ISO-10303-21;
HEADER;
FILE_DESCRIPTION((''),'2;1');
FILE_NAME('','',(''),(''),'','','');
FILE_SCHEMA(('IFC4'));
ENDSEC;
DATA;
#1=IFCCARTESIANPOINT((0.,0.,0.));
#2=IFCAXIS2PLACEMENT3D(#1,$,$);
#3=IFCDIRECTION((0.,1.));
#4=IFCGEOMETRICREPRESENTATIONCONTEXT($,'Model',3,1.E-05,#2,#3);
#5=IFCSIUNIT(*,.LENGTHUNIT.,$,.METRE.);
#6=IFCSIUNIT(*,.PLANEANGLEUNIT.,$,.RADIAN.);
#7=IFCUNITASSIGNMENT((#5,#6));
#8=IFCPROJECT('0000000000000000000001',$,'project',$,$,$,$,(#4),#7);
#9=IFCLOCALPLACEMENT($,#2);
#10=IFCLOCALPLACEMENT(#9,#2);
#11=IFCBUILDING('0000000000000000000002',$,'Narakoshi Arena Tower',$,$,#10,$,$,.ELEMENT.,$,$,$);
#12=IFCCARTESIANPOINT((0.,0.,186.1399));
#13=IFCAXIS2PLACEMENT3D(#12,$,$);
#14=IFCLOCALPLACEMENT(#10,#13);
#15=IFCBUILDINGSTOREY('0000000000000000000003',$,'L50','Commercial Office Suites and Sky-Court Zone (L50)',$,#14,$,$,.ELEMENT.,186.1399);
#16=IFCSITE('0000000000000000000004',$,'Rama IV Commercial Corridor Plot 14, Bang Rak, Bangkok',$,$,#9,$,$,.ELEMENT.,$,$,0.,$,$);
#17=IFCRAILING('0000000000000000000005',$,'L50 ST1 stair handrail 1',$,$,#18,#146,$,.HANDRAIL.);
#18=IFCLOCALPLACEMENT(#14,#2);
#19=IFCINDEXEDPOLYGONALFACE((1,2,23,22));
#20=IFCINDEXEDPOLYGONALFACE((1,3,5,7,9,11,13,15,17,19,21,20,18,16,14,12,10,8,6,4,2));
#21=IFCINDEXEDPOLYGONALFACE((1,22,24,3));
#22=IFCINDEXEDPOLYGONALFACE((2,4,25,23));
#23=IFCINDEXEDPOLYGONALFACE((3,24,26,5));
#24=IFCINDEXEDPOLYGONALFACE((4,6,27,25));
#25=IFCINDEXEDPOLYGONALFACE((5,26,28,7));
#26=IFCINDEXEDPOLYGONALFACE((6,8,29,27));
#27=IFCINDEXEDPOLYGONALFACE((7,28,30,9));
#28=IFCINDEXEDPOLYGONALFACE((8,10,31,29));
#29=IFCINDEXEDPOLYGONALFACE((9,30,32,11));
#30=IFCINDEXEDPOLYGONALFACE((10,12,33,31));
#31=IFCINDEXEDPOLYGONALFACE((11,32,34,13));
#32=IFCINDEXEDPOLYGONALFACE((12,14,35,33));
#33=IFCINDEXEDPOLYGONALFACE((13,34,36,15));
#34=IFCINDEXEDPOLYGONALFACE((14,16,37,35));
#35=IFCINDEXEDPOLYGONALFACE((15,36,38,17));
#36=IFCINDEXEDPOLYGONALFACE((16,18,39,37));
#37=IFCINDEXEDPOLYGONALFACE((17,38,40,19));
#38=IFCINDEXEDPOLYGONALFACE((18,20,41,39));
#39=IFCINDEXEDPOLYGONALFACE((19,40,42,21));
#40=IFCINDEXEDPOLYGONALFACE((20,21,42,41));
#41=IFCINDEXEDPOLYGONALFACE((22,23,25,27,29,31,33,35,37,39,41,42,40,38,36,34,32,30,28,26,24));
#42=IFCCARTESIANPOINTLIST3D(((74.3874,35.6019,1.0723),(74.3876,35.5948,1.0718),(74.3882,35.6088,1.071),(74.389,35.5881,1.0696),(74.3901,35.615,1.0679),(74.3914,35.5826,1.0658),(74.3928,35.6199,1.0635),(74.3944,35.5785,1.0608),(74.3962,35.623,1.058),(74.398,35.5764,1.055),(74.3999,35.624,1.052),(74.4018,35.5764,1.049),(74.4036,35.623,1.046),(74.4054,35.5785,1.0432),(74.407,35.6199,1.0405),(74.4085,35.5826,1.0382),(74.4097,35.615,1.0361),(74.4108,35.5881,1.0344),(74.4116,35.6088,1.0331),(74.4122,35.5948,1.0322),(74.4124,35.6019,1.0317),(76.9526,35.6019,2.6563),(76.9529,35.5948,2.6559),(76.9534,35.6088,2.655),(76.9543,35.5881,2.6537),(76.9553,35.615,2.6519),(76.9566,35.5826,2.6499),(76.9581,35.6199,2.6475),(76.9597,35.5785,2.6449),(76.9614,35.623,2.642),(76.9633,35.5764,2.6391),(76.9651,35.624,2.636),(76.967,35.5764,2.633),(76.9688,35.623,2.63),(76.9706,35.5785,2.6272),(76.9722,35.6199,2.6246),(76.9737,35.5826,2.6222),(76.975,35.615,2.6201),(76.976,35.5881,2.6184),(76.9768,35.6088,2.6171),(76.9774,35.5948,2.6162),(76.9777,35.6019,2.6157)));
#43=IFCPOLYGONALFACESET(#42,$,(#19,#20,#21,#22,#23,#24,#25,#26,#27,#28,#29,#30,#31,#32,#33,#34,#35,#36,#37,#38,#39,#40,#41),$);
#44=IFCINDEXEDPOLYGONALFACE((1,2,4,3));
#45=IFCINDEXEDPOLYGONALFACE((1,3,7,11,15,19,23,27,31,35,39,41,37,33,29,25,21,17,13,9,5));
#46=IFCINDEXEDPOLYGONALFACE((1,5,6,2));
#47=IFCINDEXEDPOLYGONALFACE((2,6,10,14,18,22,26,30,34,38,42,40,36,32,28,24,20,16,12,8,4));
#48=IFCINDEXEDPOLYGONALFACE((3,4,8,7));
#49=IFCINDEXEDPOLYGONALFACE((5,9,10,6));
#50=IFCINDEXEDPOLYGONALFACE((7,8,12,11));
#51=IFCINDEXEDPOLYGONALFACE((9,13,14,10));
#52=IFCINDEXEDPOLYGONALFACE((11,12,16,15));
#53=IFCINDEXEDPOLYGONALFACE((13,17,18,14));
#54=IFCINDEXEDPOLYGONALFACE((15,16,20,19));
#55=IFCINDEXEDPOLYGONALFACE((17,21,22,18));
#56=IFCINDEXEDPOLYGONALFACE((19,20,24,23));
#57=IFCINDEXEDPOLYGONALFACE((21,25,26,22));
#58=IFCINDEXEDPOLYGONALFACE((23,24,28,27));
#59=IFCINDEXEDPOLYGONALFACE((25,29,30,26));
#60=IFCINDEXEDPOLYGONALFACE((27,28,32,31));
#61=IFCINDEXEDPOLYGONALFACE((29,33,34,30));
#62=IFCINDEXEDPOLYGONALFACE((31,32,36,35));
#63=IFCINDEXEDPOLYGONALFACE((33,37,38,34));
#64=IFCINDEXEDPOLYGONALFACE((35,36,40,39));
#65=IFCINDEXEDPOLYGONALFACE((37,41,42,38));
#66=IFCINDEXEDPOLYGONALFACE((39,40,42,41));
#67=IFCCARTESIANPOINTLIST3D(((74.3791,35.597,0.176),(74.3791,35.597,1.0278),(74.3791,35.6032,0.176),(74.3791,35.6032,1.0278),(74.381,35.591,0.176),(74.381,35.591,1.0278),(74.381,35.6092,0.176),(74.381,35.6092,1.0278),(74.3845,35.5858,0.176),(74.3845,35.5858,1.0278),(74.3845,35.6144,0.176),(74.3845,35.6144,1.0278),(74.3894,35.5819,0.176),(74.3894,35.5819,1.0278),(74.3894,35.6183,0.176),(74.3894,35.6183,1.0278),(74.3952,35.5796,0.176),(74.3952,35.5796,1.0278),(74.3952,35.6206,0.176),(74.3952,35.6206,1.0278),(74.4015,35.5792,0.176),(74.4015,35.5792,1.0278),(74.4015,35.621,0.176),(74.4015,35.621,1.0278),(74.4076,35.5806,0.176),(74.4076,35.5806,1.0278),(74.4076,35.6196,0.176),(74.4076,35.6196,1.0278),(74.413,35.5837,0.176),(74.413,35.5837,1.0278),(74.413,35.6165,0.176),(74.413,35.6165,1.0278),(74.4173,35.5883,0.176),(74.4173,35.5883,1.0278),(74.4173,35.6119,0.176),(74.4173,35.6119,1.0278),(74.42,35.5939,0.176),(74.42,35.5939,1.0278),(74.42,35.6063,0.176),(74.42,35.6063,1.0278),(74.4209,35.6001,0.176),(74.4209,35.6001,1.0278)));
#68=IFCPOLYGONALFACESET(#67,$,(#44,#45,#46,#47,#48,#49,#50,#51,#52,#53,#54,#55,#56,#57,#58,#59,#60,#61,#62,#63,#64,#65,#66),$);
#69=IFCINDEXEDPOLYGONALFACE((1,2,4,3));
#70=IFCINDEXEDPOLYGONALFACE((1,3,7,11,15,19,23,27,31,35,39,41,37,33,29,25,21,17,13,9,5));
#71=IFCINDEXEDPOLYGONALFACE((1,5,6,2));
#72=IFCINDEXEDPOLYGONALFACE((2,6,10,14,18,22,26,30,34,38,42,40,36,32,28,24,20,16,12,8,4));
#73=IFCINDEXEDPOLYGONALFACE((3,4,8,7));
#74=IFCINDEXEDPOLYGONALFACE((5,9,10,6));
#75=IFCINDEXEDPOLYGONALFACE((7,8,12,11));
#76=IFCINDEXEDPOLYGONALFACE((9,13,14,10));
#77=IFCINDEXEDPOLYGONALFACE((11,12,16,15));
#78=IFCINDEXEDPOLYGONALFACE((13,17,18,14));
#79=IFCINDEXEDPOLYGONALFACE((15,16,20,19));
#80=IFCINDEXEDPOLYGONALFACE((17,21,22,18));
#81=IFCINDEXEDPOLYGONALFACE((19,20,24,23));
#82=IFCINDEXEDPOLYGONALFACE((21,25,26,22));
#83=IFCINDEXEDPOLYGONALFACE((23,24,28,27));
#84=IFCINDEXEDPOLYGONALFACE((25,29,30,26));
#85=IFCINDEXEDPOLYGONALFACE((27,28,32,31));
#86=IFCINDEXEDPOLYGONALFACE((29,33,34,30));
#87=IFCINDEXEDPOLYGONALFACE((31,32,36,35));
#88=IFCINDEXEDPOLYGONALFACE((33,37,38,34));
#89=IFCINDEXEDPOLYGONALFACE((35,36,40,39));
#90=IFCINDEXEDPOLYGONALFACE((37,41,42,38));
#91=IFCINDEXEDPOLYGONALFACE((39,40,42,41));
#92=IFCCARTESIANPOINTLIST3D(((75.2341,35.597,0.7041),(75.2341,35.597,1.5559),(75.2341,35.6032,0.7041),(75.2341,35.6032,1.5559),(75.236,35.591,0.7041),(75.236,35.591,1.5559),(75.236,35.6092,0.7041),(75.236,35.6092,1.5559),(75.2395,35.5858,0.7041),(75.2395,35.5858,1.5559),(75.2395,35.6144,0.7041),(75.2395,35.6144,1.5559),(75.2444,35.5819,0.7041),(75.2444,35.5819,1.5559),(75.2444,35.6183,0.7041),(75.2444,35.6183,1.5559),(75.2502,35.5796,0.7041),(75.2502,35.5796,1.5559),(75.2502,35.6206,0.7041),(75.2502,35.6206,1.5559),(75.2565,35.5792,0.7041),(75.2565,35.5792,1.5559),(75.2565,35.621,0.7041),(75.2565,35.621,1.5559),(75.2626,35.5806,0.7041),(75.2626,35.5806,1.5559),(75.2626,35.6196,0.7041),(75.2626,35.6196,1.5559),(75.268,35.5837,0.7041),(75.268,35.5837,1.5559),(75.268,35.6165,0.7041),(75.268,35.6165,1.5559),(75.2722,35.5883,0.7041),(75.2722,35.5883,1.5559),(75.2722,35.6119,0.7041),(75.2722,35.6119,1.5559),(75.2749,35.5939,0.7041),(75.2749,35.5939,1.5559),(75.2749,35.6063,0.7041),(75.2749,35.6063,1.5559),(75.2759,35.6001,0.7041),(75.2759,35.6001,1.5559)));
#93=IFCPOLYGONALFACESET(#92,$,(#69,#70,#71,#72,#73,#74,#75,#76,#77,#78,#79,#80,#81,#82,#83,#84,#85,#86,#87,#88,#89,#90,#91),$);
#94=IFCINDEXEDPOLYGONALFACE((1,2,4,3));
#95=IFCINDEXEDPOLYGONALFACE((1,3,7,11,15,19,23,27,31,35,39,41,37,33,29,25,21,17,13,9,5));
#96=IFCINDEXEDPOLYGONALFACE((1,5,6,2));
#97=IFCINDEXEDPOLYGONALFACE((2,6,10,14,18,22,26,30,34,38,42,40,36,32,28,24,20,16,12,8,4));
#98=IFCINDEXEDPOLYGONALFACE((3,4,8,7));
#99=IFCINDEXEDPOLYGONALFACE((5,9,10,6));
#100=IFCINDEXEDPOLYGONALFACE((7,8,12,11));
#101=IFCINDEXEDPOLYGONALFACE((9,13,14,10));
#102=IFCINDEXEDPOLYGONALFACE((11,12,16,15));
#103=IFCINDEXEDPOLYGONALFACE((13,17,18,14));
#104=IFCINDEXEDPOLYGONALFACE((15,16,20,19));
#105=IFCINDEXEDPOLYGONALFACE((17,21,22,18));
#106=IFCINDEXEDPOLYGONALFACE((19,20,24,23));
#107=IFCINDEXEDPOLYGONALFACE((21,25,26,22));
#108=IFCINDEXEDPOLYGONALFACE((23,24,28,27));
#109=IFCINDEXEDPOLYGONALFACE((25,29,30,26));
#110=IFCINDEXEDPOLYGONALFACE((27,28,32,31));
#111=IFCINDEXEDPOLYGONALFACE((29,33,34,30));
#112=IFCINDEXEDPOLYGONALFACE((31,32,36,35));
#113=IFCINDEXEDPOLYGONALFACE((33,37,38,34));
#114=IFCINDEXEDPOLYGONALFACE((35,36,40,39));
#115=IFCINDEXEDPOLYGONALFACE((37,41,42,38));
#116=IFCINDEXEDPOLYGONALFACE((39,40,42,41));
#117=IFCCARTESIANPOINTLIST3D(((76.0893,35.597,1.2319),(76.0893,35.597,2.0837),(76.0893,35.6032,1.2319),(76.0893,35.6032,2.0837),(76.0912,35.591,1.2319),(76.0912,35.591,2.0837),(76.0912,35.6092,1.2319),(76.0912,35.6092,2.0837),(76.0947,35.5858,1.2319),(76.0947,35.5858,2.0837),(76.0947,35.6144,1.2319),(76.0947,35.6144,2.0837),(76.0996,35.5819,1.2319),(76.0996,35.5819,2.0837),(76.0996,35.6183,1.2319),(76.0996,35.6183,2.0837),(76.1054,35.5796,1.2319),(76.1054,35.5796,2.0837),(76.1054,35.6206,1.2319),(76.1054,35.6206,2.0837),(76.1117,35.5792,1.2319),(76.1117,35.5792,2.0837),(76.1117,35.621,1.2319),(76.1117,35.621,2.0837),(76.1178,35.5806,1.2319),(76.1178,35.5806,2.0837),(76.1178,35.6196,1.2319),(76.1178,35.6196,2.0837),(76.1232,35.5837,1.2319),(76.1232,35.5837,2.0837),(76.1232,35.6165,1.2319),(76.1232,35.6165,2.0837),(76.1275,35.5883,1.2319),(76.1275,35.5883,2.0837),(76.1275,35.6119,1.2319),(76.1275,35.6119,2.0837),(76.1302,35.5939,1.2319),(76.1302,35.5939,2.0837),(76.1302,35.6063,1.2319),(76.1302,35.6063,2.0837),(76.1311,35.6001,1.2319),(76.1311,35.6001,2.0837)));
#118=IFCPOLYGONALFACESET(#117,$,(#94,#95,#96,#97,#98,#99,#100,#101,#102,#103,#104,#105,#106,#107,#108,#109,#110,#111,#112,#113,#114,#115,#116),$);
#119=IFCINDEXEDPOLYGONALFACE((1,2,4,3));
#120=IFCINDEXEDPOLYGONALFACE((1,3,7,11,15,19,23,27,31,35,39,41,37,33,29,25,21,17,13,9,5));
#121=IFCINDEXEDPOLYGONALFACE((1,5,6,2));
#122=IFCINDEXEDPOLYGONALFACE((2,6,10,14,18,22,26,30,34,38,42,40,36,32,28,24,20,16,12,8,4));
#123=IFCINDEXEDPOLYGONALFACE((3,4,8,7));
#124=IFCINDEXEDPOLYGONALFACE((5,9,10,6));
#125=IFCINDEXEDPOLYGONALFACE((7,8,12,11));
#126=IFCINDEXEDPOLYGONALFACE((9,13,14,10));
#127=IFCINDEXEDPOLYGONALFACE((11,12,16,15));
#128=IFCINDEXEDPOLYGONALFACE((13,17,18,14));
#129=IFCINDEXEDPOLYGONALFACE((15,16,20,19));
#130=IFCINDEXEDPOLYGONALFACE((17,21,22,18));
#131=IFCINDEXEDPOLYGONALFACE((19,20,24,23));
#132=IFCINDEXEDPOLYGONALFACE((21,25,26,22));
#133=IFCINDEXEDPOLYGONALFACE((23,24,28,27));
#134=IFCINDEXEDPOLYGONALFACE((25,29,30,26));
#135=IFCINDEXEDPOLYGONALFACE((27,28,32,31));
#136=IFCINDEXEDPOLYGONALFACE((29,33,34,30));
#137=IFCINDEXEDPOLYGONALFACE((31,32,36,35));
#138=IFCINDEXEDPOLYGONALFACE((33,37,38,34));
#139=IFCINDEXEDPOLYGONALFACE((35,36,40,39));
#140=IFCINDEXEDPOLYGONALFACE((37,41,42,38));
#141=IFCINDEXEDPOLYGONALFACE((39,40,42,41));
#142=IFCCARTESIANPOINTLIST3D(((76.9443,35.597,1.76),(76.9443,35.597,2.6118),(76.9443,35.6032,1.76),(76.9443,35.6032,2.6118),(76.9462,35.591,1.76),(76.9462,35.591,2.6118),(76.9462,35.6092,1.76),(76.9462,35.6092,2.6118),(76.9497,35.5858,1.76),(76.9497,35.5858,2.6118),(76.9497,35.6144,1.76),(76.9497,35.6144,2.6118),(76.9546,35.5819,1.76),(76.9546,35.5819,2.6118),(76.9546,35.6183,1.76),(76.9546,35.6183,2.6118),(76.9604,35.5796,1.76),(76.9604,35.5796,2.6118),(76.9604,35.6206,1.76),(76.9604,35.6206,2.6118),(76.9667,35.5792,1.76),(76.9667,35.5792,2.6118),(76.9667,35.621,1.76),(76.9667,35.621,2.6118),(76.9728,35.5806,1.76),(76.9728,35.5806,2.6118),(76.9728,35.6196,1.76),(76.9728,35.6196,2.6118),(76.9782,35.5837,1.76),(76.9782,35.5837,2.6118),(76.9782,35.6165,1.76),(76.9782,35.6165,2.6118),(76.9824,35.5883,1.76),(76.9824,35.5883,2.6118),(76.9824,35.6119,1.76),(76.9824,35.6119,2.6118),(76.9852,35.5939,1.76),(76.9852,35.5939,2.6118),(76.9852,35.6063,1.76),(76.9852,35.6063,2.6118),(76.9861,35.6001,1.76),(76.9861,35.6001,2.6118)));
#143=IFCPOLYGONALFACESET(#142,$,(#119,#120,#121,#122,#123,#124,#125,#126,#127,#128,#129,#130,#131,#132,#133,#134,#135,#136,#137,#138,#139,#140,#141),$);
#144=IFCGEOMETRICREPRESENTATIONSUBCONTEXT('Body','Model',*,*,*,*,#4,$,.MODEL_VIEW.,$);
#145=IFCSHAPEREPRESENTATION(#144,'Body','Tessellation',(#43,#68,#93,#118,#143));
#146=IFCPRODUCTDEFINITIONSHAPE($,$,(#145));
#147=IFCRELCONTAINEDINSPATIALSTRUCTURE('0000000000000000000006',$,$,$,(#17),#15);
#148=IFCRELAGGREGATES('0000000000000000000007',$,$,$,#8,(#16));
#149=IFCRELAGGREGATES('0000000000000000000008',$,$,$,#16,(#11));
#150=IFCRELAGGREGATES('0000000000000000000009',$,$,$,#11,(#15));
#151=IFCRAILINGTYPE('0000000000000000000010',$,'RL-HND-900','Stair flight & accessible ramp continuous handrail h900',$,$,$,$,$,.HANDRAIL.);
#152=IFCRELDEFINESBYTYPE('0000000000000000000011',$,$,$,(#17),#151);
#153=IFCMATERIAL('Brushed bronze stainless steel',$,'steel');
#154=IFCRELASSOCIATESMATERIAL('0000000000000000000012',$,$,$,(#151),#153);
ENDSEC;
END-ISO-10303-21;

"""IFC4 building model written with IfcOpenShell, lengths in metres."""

from ifc_helpers import new_model, si_unit, direction, frame, origin, origin_2d, place, context, subcontext, project, spatial, circle, extrude, material, type_object, element, save


model = new_model("IFC4")

# Units and contexts
model_context = context("Model", 3, precision=1e-05, world=origin(), true_north=direction((0.0, 1.0)))
body_context = subcontext(model_context, "Body", "Model", "MODEL_VIEW")
ifc_project = project(units=[si_unit("LENGTHUNIT", "METRE"), si_unit("PLANEANGLEUNIT", "RADIAN")], contexts=[model_context])

# Site, building, storey
site_placement = place(None, origin())
site = spatial("IfcSite", under=ifc_project, at=site_placement, Name="Rama IV Commercial Corridor Plot 14, Bang Rak, Bangkok", CompositionType="ELEMENT", RefElevation=0.0)
building_placement = place(site_placement, origin())
building = spatial("IfcBuilding", under=site, at=building_placement, Name="Narakoshi Arena Tower", CompositionType="ELEMENT")
storey_placement = place(building_placement, frame((0.0, 0.0, 186.1399)))
storey = spatial("IfcBuildingStorey", under=building, at=storey_placement, Name="L50", Description="Commercial Office Suites and Sky-Court Zone (L50)", CompositionType="ELEMENT", Elevation=186.1399)

# Railing
ifc_material_1 = material(Name="Brushed bronze stainless steel", Category="steel")
railing_type_1 = type_object("IfcRailingType", Name="RL-HND-900", Description="Stair flight & accessible ramp continuous handrail h900", PredefinedType="HANDRAIL", material=ifc_material_1)
railing_1_placement = place(storey_placement, frame((74.3999, 35.6001, 0.176)))
element("IfcRailing", 1, at=railing_1_placement, inside=storey, type_object=railing_type_1, Name="L50 ST1 stair handrail 1", PredefinedType="HANDRAIL", context=body_context, shape_type="SweptSolid", body=[
    extrude(circle(Radius=0.0239, at=origin_2d()), frame((0.0, 0.0, 0.876), z_axis=(0.850857, 0.0, 0.525398), x_axis=(0.0, 1.0, 0.0)), (0.0, 0.0, 1.0), 3.0149),
    extrude(circle(Radius=0.021, at=origin_2d()), origin(), (0.0, 0.0, 1.0), 0.8518),
    extrude(circle(Radius=0.021, at=origin_2d()), frame((0.855, 0.0, 0.5281)), (0.0, 0.0, 1.0), 0.8518),
    extrude(circle(Radius=0.021, at=origin_2d()), frame((1.7102, 0.0, 1.0559)), (0.0, 0.0, 1.0), 0.8518),
    extrude(circle(Radius=0.021, at=origin_2d()), frame((2.5652, 0.0, 1.584)), (0.0, 0.0, 1.0), 0.8518),
])

save(model, "model.ifc")
